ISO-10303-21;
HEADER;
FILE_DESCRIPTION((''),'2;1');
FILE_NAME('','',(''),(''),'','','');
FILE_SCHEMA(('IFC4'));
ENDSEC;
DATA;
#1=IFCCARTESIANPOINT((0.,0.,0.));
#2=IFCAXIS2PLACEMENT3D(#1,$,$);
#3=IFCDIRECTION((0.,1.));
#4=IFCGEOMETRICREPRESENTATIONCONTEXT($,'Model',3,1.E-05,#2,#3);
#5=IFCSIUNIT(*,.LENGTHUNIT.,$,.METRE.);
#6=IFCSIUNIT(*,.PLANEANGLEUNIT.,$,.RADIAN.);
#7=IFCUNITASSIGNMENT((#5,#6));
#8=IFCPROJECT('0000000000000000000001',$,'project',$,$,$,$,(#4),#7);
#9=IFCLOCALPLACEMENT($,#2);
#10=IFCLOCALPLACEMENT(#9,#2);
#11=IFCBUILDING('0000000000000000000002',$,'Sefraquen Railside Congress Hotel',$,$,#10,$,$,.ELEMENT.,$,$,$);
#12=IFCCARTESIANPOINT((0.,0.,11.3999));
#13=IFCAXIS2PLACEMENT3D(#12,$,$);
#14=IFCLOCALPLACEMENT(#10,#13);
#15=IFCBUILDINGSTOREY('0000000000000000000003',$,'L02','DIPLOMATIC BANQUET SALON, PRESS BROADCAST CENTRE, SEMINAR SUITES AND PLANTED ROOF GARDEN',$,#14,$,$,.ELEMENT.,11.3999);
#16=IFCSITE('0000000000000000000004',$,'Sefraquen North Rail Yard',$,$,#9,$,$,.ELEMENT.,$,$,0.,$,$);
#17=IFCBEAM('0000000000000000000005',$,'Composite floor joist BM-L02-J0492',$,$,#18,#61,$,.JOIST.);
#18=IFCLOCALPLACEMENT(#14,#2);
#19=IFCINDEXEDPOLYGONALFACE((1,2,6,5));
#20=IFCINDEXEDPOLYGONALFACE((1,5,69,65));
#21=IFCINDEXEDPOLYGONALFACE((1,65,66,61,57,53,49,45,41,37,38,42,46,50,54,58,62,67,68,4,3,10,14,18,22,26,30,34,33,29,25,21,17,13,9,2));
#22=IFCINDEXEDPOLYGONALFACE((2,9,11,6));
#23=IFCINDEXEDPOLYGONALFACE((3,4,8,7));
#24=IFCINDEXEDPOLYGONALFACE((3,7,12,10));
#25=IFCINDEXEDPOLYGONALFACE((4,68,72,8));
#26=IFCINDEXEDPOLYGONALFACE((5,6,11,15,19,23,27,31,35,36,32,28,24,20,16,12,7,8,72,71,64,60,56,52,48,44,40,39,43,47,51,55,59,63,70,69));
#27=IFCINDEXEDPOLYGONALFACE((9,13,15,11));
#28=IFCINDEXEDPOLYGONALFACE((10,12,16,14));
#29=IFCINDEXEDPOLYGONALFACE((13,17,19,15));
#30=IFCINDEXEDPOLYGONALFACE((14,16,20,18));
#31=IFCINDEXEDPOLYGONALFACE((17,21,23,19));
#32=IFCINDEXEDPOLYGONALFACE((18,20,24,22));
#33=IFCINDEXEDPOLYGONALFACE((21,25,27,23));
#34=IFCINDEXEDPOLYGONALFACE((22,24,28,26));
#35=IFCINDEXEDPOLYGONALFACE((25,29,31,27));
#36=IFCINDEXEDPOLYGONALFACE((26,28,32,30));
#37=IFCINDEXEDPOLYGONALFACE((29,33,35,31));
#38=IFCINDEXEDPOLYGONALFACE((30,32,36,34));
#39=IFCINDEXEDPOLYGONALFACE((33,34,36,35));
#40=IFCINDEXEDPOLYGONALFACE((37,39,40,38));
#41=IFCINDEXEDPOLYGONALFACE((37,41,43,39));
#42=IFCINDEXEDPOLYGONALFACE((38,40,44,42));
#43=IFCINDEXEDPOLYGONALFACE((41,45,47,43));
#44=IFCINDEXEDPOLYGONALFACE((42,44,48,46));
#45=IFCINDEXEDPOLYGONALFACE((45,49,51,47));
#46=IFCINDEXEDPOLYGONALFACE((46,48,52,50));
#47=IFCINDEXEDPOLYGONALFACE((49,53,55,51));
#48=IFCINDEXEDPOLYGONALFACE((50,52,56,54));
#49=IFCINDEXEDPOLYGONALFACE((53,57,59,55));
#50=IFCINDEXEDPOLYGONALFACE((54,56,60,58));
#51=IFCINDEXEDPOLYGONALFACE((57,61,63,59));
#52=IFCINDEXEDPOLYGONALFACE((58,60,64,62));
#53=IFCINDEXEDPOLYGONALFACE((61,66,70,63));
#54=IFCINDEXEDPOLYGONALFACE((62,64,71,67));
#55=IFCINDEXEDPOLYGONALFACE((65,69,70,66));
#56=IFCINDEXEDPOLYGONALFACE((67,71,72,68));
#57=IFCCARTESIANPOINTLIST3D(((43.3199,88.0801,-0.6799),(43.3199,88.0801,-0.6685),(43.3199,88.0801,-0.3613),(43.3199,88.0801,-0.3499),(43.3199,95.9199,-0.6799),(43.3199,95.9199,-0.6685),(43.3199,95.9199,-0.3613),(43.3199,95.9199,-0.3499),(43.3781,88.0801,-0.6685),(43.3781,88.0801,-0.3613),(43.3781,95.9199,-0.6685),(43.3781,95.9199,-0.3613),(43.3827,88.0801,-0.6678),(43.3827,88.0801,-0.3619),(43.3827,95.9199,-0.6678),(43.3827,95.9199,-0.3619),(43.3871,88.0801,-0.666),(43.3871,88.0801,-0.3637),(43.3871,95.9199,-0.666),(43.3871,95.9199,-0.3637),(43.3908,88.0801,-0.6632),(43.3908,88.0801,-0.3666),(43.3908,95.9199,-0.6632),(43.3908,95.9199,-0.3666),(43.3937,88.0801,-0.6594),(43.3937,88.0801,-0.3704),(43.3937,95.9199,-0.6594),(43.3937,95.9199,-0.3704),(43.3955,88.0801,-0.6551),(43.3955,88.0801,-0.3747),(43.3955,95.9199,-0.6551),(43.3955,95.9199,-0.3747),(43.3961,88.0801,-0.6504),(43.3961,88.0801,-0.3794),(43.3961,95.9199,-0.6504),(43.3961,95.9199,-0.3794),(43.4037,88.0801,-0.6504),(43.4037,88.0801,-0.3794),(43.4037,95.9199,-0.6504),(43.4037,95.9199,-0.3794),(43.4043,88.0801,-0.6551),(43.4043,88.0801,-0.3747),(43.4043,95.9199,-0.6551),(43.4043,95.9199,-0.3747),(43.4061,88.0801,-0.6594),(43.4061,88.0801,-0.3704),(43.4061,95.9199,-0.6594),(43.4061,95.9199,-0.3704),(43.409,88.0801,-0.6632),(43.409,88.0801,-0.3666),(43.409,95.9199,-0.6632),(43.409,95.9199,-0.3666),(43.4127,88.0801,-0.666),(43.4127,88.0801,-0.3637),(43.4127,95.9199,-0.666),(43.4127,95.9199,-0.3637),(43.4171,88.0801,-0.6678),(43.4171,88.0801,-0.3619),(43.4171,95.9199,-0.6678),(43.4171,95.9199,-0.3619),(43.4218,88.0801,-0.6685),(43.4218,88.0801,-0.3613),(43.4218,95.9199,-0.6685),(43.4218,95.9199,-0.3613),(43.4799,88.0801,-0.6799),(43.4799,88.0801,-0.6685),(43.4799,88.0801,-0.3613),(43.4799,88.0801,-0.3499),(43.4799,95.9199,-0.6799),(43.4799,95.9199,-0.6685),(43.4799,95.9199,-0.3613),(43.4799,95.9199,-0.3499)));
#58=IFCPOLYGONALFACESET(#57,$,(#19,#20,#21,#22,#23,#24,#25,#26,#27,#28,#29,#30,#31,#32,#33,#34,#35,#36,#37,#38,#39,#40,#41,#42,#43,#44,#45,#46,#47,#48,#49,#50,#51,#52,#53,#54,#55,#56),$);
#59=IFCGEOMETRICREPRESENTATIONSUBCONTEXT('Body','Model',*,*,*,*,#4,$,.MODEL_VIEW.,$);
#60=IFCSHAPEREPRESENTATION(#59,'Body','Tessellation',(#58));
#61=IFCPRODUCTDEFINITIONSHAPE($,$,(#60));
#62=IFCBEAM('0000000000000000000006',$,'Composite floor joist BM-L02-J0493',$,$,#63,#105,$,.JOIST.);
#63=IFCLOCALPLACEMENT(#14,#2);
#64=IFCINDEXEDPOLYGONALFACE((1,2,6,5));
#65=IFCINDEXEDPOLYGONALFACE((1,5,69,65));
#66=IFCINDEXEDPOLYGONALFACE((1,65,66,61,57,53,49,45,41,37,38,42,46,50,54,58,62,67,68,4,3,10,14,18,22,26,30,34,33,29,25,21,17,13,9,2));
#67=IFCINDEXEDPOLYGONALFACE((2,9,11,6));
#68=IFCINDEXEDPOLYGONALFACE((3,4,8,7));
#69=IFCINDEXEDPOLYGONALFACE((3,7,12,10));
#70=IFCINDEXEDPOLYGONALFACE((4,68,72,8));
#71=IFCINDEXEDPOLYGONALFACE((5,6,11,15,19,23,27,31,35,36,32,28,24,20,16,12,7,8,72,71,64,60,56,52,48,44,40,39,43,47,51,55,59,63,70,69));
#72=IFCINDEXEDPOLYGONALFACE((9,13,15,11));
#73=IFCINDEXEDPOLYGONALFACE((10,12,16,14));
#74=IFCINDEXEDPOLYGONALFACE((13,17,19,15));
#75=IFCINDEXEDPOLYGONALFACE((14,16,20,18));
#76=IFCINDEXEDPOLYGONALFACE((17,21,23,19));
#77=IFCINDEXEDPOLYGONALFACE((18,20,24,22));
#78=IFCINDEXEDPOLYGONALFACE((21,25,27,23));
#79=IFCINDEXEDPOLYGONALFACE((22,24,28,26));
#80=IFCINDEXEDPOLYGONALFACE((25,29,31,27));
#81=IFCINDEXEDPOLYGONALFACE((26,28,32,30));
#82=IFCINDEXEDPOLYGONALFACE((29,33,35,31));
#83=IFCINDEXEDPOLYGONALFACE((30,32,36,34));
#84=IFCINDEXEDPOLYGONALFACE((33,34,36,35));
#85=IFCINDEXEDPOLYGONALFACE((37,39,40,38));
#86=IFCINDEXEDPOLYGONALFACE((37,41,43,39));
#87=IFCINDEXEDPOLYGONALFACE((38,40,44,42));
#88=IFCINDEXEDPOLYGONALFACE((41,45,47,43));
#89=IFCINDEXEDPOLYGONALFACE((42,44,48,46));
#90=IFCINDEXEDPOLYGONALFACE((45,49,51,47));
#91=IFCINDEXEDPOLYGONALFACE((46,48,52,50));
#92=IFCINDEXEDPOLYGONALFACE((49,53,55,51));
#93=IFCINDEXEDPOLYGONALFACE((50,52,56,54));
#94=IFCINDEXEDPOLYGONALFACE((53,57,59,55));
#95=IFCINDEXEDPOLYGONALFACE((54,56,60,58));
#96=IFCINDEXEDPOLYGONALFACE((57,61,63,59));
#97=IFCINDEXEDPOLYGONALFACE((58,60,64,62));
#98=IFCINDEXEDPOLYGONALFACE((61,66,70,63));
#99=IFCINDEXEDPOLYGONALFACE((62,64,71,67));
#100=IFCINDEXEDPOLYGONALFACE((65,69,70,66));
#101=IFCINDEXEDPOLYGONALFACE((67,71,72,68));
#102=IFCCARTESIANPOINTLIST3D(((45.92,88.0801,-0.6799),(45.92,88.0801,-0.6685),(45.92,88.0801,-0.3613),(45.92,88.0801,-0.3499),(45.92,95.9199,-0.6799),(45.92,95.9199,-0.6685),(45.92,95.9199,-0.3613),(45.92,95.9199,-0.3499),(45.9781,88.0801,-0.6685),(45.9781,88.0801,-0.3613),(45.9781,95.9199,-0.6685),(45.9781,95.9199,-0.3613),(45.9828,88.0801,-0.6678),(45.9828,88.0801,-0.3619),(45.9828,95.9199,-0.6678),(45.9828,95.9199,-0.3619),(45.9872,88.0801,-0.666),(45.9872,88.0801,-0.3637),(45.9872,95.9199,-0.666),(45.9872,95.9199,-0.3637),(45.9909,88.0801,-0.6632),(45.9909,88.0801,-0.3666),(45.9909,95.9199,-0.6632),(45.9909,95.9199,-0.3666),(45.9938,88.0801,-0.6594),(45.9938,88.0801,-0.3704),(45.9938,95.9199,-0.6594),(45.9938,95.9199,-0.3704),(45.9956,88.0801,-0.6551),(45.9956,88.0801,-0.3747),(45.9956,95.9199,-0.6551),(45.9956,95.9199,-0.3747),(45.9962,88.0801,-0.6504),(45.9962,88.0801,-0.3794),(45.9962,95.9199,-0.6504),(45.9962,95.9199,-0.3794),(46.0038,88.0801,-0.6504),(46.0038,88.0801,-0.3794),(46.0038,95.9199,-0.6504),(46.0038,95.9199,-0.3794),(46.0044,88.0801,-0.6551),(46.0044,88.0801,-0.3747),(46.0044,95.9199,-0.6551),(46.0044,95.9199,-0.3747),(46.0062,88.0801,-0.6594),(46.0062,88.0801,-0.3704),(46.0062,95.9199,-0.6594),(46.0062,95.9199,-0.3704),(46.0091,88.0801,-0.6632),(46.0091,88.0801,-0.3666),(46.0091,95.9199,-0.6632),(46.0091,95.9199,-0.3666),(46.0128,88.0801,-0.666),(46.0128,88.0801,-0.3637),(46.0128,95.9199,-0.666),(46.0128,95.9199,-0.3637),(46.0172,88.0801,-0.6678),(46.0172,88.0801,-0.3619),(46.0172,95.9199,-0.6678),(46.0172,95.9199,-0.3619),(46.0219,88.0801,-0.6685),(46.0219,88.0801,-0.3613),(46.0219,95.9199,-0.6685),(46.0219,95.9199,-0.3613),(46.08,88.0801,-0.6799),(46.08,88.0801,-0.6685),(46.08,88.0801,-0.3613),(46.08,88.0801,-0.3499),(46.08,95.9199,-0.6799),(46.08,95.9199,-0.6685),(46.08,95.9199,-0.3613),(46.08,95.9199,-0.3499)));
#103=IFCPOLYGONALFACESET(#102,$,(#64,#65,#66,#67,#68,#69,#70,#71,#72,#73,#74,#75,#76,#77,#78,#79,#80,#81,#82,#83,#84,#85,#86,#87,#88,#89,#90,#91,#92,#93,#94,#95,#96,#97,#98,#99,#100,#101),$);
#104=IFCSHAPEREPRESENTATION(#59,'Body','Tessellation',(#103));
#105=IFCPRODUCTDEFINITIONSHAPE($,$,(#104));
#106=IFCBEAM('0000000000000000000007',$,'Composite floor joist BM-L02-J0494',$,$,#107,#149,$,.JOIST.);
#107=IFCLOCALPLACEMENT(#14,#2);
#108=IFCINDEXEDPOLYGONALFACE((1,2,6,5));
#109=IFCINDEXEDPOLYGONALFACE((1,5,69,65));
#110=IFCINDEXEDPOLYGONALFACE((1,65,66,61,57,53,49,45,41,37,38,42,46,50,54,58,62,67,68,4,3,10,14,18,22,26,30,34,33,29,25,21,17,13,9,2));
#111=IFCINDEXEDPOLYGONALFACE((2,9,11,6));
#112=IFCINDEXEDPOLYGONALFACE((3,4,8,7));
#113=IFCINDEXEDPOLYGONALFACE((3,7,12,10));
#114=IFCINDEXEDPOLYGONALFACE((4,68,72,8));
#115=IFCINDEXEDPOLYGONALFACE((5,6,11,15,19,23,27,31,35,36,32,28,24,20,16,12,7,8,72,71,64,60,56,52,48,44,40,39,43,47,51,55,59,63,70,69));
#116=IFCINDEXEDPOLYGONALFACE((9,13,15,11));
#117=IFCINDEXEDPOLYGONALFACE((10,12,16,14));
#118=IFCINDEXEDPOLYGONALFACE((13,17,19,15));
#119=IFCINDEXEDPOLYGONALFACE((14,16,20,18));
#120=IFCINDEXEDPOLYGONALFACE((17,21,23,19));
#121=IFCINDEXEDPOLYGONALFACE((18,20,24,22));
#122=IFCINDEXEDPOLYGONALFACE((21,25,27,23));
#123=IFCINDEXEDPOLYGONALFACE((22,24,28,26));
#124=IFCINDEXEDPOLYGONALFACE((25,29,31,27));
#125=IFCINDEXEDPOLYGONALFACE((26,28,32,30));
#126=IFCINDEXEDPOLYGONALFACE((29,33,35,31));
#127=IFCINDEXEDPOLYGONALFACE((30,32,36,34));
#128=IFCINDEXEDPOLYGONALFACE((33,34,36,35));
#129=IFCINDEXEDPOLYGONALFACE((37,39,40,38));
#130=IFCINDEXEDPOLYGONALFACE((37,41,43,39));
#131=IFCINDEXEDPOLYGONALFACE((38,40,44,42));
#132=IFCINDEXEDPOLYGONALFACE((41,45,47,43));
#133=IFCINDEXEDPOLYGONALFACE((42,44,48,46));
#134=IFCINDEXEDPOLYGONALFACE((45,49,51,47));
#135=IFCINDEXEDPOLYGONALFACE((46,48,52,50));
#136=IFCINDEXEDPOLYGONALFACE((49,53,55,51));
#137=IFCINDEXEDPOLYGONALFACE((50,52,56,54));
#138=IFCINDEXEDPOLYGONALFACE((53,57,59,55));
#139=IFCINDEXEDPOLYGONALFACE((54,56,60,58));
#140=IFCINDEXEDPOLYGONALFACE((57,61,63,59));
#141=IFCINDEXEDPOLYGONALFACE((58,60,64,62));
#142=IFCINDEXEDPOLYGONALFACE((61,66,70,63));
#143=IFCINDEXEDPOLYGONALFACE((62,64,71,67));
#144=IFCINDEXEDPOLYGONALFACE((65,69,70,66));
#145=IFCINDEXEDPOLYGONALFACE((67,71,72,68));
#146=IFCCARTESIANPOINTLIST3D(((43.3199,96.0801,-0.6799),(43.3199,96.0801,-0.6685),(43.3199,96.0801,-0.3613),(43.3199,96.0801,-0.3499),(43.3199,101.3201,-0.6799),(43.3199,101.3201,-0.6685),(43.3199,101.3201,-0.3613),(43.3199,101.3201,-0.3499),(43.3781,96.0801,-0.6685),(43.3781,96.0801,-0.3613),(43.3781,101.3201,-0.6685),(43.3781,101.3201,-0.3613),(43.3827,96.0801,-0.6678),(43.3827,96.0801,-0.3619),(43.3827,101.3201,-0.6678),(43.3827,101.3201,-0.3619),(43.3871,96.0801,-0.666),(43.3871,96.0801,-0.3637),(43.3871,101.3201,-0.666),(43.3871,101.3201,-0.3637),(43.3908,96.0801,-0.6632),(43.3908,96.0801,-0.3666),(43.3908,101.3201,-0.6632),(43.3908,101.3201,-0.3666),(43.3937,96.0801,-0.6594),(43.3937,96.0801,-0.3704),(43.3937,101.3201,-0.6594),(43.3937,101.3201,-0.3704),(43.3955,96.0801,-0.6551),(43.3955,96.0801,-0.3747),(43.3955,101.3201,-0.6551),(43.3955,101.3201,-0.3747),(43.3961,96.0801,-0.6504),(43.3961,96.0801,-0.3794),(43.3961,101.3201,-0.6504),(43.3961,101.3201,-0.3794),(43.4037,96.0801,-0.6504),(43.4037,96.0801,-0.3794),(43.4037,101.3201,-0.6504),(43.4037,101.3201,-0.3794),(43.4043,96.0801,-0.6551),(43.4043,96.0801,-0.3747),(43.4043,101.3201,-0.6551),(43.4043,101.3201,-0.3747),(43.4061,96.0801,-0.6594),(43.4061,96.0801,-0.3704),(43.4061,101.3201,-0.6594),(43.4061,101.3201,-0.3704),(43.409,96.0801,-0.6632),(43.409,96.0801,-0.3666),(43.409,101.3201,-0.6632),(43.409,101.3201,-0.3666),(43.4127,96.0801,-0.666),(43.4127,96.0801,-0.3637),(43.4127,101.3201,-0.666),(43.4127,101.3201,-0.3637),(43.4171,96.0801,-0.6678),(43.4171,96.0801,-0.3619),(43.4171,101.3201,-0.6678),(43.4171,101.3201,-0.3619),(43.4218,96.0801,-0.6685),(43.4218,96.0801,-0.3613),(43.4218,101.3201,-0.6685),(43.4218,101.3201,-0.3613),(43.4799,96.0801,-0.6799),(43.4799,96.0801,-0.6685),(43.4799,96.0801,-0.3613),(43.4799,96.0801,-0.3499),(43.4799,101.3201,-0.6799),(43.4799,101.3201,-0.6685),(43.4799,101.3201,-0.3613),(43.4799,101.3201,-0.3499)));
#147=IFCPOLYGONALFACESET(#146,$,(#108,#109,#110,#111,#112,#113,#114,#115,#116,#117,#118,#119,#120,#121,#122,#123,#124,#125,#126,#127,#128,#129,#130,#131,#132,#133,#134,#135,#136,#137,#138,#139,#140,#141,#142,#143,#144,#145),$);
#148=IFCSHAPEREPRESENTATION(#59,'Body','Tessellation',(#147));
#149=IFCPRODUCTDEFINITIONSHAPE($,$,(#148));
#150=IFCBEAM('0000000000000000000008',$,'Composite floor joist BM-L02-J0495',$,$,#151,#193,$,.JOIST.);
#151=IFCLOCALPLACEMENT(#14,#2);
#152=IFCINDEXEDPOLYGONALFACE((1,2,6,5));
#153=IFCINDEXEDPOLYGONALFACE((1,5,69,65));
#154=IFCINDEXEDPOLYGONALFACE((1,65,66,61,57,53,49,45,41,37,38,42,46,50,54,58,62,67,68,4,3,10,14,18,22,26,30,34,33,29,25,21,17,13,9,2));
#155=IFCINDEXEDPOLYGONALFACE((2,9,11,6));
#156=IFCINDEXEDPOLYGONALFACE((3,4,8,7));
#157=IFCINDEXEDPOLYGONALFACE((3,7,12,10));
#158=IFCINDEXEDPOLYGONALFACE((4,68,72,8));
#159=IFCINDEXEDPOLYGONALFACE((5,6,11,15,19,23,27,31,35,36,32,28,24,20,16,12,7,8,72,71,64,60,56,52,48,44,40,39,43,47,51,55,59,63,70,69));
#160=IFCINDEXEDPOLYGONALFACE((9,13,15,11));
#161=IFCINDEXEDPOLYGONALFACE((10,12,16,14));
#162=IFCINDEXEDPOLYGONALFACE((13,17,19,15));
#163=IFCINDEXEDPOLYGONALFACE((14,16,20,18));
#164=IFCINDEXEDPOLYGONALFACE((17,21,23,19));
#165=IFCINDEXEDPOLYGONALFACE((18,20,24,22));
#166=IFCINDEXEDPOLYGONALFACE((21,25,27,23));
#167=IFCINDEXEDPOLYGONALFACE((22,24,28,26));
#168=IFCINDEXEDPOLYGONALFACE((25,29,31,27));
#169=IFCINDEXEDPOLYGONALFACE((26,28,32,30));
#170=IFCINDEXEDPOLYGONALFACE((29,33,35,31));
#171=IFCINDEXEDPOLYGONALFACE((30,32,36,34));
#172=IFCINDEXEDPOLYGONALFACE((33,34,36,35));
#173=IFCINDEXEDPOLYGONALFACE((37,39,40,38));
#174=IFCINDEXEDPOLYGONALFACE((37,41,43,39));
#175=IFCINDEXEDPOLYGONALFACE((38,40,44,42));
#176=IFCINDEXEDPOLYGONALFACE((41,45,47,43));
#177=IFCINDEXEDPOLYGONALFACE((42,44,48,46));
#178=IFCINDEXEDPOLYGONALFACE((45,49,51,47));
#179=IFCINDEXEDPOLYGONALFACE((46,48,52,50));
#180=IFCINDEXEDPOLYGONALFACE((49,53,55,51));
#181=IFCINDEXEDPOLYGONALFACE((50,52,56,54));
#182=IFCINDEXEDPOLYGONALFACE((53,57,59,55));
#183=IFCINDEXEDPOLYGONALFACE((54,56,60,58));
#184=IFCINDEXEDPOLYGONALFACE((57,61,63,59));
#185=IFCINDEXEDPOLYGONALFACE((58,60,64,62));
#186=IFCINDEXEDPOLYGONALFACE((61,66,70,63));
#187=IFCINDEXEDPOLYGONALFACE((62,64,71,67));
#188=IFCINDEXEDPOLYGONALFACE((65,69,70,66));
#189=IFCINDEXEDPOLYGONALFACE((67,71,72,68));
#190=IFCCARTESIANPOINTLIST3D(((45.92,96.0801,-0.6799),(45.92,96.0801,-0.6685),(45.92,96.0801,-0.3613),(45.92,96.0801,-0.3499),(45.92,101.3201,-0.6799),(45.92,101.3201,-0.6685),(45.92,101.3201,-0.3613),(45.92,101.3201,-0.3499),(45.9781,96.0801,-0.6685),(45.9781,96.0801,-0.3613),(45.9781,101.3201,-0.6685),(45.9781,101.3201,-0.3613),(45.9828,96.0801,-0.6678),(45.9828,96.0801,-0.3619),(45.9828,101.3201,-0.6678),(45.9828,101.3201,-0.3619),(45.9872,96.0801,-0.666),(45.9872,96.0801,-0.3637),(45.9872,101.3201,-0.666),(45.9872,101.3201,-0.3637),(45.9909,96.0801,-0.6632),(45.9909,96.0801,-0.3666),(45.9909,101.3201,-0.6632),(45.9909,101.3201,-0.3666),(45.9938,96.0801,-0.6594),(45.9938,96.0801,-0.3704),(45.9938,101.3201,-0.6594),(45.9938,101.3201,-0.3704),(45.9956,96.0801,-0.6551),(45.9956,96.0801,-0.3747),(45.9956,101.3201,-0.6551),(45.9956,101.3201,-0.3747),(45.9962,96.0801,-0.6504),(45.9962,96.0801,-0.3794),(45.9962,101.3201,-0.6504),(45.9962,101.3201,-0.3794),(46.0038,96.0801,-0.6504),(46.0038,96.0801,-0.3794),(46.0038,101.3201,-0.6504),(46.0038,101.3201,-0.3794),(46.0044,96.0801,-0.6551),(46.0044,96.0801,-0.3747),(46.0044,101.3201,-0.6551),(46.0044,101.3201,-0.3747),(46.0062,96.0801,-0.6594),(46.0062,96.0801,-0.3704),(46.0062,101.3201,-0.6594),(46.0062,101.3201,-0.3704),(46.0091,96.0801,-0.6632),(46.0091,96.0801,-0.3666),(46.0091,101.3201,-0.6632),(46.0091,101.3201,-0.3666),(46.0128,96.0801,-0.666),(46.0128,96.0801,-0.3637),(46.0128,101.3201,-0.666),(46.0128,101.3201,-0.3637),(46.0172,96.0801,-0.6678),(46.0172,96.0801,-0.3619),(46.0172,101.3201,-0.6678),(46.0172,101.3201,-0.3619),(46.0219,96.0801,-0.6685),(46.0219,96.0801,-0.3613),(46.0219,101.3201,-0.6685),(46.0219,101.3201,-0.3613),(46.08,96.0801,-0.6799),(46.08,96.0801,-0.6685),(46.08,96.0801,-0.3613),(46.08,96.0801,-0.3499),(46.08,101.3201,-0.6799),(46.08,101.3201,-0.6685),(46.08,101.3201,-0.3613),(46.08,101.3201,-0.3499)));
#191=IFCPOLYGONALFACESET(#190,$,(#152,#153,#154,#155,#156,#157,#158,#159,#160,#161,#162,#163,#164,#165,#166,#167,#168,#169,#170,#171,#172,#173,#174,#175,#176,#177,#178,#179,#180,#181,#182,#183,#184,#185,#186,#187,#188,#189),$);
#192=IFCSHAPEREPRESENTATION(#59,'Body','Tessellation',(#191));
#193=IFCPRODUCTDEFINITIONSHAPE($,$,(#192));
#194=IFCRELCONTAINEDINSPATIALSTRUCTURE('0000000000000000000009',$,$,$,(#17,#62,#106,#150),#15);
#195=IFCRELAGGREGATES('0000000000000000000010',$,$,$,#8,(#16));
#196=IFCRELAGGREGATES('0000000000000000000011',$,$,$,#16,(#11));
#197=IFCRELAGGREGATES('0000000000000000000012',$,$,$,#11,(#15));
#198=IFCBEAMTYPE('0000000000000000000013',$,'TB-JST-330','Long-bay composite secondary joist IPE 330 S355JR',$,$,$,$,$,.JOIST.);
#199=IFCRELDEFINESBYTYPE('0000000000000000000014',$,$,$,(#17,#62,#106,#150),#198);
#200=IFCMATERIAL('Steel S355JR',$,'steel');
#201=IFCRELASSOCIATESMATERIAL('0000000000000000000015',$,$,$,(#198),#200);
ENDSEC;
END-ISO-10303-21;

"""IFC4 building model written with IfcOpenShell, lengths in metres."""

from ifc_helpers import new_model, si_unit, direction, frame, origin, origin_2d, place, context, subcontext, project, spatial, i_section, extrude, material, material_profile, profile_set, type_object, element, save


model = new_model("IFC4")

# Units and contexts
model_context = context("Model", 3, precision=1e-05, world=origin(), true_north=direction((0.0, 1.0)))
body_context = subcontext(model_context, "Body", "Model", "MODEL_VIEW")
ifc_project = project(units=[si_unit("LENGTHUNIT", "METRE"), si_unit("PLANEANGLEUNIT", "RADIAN")], contexts=[model_context])

# Site, building, storey
site_placement = place(None, origin())
site = spatial("IfcSite", under=ifc_project, at=site_placement, Name="Sefraquen North Rail Yard", CompositionType="ELEMENT", RefElevation=0.0)
building_placement = place(site_placement, origin())
building = spatial("IfcBuilding", under=site, at=building_placement, Name="Sefraquen Railside Congress Hotel", CompositionType="ELEMENT")
storey_placement = place(building_placement, frame((0.0, 0.0, 11.3999)))
storey = spatial("IfcBuildingStorey", under=building, at=storey_placement, Name="L02", Description="DIPLOMATIC BANQUET SALON, PRESS BROADCAST CENTRE, SEMINAR SUITES AND PLANTED ROOF GARDEN", CompositionType="ELEMENT", Elevation=11.3999)

# Shared definitions
ifc_material_1 = material(Name="Steel S355JR", Category="steel")

# Beams
ifc_material_profile_1 = material_profile(ifc_material_1, i_section(OverallWidth=0.1599, OverallDepth=0.3301, WebThickness=0.0076, FlangeThickness=0.0115, FilletRadius=0.0181, at=origin_2d()), Name="IPE 330")
ifc_profile_set_1 = profile_set([ifc_material_profile_1], Name="Steel S355JR")
beam_type_1 = type_object("IfcBeamType", Name="TB-JST-330", Description="Long-bay composite secondary joist IPE 330 S355JR", PredefinedType="JOIST", material=ifc_profile_set_1)
for number, where, z_axis, x_axis, name in (
    (1, (43.3999, 88.0801, -0.5149), (0.0, 1.0, 0.0), (-1.0, 0.0, 0.0), "Composite floor joist BM-L02-J0492"),
    (2, (46.0, 88.0801, -0.5149), (0.0, 1.0, 0.0), (-1.0, 0.0, 0.0), "Composite floor joist BM-L02-J0493"),
):
    element("IfcBeam", number, at=place(storey_placement, frame(where, z_axis=z_axis, x_axis=x_axis)), inside=storey, type_object=beam_type_1, Name=name, PredefinedType="JOIST", context=body_context, shape_type="SweptSolid", body=[
        extrude(i_section(OverallWidth=0.1599, OverallDepth=0.3301, WebThickness=0.0076, FlangeThickness=0.0115, FilletRadius=0.0181, at=origin_2d()), origin(), (0.0, 0.0, 1.0), 7.8398),
    ])
for number, where, z_axis, x_axis, name in (
    (3, (43.3999, 96.0801, -0.5149), (0.0, 1.0, 0.0), (-1.0, 0.0, 0.0), "Composite floor joist BM-L02-J0494"),
    (4, (46.0, 96.0801, -0.5149), (0.0, 1.0, 0.0), (-1.0, 0.0, 0.0), "Composite floor joist BM-L02-J0495"),
):
    element("IfcBeam", number, at=place(storey_placement, frame(where, z_axis=z_axis, x_axis=x_axis)), inside=storey, type_object=beam_type_1, Name=name, PredefinedType="JOIST", context=body_context, shape_type="SweptSolid", body=[
        extrude(i_section(OverallWidth=0.1599, OverallDepth=0.3301, WebThickness=0.0076, FlangeThickness=0.0115, FilletRadius=0.0181, at=origin_2d()), origin(), (0.0, 0.0, 1.0), 5.24),
    ])

save(model, "model.ifc")
